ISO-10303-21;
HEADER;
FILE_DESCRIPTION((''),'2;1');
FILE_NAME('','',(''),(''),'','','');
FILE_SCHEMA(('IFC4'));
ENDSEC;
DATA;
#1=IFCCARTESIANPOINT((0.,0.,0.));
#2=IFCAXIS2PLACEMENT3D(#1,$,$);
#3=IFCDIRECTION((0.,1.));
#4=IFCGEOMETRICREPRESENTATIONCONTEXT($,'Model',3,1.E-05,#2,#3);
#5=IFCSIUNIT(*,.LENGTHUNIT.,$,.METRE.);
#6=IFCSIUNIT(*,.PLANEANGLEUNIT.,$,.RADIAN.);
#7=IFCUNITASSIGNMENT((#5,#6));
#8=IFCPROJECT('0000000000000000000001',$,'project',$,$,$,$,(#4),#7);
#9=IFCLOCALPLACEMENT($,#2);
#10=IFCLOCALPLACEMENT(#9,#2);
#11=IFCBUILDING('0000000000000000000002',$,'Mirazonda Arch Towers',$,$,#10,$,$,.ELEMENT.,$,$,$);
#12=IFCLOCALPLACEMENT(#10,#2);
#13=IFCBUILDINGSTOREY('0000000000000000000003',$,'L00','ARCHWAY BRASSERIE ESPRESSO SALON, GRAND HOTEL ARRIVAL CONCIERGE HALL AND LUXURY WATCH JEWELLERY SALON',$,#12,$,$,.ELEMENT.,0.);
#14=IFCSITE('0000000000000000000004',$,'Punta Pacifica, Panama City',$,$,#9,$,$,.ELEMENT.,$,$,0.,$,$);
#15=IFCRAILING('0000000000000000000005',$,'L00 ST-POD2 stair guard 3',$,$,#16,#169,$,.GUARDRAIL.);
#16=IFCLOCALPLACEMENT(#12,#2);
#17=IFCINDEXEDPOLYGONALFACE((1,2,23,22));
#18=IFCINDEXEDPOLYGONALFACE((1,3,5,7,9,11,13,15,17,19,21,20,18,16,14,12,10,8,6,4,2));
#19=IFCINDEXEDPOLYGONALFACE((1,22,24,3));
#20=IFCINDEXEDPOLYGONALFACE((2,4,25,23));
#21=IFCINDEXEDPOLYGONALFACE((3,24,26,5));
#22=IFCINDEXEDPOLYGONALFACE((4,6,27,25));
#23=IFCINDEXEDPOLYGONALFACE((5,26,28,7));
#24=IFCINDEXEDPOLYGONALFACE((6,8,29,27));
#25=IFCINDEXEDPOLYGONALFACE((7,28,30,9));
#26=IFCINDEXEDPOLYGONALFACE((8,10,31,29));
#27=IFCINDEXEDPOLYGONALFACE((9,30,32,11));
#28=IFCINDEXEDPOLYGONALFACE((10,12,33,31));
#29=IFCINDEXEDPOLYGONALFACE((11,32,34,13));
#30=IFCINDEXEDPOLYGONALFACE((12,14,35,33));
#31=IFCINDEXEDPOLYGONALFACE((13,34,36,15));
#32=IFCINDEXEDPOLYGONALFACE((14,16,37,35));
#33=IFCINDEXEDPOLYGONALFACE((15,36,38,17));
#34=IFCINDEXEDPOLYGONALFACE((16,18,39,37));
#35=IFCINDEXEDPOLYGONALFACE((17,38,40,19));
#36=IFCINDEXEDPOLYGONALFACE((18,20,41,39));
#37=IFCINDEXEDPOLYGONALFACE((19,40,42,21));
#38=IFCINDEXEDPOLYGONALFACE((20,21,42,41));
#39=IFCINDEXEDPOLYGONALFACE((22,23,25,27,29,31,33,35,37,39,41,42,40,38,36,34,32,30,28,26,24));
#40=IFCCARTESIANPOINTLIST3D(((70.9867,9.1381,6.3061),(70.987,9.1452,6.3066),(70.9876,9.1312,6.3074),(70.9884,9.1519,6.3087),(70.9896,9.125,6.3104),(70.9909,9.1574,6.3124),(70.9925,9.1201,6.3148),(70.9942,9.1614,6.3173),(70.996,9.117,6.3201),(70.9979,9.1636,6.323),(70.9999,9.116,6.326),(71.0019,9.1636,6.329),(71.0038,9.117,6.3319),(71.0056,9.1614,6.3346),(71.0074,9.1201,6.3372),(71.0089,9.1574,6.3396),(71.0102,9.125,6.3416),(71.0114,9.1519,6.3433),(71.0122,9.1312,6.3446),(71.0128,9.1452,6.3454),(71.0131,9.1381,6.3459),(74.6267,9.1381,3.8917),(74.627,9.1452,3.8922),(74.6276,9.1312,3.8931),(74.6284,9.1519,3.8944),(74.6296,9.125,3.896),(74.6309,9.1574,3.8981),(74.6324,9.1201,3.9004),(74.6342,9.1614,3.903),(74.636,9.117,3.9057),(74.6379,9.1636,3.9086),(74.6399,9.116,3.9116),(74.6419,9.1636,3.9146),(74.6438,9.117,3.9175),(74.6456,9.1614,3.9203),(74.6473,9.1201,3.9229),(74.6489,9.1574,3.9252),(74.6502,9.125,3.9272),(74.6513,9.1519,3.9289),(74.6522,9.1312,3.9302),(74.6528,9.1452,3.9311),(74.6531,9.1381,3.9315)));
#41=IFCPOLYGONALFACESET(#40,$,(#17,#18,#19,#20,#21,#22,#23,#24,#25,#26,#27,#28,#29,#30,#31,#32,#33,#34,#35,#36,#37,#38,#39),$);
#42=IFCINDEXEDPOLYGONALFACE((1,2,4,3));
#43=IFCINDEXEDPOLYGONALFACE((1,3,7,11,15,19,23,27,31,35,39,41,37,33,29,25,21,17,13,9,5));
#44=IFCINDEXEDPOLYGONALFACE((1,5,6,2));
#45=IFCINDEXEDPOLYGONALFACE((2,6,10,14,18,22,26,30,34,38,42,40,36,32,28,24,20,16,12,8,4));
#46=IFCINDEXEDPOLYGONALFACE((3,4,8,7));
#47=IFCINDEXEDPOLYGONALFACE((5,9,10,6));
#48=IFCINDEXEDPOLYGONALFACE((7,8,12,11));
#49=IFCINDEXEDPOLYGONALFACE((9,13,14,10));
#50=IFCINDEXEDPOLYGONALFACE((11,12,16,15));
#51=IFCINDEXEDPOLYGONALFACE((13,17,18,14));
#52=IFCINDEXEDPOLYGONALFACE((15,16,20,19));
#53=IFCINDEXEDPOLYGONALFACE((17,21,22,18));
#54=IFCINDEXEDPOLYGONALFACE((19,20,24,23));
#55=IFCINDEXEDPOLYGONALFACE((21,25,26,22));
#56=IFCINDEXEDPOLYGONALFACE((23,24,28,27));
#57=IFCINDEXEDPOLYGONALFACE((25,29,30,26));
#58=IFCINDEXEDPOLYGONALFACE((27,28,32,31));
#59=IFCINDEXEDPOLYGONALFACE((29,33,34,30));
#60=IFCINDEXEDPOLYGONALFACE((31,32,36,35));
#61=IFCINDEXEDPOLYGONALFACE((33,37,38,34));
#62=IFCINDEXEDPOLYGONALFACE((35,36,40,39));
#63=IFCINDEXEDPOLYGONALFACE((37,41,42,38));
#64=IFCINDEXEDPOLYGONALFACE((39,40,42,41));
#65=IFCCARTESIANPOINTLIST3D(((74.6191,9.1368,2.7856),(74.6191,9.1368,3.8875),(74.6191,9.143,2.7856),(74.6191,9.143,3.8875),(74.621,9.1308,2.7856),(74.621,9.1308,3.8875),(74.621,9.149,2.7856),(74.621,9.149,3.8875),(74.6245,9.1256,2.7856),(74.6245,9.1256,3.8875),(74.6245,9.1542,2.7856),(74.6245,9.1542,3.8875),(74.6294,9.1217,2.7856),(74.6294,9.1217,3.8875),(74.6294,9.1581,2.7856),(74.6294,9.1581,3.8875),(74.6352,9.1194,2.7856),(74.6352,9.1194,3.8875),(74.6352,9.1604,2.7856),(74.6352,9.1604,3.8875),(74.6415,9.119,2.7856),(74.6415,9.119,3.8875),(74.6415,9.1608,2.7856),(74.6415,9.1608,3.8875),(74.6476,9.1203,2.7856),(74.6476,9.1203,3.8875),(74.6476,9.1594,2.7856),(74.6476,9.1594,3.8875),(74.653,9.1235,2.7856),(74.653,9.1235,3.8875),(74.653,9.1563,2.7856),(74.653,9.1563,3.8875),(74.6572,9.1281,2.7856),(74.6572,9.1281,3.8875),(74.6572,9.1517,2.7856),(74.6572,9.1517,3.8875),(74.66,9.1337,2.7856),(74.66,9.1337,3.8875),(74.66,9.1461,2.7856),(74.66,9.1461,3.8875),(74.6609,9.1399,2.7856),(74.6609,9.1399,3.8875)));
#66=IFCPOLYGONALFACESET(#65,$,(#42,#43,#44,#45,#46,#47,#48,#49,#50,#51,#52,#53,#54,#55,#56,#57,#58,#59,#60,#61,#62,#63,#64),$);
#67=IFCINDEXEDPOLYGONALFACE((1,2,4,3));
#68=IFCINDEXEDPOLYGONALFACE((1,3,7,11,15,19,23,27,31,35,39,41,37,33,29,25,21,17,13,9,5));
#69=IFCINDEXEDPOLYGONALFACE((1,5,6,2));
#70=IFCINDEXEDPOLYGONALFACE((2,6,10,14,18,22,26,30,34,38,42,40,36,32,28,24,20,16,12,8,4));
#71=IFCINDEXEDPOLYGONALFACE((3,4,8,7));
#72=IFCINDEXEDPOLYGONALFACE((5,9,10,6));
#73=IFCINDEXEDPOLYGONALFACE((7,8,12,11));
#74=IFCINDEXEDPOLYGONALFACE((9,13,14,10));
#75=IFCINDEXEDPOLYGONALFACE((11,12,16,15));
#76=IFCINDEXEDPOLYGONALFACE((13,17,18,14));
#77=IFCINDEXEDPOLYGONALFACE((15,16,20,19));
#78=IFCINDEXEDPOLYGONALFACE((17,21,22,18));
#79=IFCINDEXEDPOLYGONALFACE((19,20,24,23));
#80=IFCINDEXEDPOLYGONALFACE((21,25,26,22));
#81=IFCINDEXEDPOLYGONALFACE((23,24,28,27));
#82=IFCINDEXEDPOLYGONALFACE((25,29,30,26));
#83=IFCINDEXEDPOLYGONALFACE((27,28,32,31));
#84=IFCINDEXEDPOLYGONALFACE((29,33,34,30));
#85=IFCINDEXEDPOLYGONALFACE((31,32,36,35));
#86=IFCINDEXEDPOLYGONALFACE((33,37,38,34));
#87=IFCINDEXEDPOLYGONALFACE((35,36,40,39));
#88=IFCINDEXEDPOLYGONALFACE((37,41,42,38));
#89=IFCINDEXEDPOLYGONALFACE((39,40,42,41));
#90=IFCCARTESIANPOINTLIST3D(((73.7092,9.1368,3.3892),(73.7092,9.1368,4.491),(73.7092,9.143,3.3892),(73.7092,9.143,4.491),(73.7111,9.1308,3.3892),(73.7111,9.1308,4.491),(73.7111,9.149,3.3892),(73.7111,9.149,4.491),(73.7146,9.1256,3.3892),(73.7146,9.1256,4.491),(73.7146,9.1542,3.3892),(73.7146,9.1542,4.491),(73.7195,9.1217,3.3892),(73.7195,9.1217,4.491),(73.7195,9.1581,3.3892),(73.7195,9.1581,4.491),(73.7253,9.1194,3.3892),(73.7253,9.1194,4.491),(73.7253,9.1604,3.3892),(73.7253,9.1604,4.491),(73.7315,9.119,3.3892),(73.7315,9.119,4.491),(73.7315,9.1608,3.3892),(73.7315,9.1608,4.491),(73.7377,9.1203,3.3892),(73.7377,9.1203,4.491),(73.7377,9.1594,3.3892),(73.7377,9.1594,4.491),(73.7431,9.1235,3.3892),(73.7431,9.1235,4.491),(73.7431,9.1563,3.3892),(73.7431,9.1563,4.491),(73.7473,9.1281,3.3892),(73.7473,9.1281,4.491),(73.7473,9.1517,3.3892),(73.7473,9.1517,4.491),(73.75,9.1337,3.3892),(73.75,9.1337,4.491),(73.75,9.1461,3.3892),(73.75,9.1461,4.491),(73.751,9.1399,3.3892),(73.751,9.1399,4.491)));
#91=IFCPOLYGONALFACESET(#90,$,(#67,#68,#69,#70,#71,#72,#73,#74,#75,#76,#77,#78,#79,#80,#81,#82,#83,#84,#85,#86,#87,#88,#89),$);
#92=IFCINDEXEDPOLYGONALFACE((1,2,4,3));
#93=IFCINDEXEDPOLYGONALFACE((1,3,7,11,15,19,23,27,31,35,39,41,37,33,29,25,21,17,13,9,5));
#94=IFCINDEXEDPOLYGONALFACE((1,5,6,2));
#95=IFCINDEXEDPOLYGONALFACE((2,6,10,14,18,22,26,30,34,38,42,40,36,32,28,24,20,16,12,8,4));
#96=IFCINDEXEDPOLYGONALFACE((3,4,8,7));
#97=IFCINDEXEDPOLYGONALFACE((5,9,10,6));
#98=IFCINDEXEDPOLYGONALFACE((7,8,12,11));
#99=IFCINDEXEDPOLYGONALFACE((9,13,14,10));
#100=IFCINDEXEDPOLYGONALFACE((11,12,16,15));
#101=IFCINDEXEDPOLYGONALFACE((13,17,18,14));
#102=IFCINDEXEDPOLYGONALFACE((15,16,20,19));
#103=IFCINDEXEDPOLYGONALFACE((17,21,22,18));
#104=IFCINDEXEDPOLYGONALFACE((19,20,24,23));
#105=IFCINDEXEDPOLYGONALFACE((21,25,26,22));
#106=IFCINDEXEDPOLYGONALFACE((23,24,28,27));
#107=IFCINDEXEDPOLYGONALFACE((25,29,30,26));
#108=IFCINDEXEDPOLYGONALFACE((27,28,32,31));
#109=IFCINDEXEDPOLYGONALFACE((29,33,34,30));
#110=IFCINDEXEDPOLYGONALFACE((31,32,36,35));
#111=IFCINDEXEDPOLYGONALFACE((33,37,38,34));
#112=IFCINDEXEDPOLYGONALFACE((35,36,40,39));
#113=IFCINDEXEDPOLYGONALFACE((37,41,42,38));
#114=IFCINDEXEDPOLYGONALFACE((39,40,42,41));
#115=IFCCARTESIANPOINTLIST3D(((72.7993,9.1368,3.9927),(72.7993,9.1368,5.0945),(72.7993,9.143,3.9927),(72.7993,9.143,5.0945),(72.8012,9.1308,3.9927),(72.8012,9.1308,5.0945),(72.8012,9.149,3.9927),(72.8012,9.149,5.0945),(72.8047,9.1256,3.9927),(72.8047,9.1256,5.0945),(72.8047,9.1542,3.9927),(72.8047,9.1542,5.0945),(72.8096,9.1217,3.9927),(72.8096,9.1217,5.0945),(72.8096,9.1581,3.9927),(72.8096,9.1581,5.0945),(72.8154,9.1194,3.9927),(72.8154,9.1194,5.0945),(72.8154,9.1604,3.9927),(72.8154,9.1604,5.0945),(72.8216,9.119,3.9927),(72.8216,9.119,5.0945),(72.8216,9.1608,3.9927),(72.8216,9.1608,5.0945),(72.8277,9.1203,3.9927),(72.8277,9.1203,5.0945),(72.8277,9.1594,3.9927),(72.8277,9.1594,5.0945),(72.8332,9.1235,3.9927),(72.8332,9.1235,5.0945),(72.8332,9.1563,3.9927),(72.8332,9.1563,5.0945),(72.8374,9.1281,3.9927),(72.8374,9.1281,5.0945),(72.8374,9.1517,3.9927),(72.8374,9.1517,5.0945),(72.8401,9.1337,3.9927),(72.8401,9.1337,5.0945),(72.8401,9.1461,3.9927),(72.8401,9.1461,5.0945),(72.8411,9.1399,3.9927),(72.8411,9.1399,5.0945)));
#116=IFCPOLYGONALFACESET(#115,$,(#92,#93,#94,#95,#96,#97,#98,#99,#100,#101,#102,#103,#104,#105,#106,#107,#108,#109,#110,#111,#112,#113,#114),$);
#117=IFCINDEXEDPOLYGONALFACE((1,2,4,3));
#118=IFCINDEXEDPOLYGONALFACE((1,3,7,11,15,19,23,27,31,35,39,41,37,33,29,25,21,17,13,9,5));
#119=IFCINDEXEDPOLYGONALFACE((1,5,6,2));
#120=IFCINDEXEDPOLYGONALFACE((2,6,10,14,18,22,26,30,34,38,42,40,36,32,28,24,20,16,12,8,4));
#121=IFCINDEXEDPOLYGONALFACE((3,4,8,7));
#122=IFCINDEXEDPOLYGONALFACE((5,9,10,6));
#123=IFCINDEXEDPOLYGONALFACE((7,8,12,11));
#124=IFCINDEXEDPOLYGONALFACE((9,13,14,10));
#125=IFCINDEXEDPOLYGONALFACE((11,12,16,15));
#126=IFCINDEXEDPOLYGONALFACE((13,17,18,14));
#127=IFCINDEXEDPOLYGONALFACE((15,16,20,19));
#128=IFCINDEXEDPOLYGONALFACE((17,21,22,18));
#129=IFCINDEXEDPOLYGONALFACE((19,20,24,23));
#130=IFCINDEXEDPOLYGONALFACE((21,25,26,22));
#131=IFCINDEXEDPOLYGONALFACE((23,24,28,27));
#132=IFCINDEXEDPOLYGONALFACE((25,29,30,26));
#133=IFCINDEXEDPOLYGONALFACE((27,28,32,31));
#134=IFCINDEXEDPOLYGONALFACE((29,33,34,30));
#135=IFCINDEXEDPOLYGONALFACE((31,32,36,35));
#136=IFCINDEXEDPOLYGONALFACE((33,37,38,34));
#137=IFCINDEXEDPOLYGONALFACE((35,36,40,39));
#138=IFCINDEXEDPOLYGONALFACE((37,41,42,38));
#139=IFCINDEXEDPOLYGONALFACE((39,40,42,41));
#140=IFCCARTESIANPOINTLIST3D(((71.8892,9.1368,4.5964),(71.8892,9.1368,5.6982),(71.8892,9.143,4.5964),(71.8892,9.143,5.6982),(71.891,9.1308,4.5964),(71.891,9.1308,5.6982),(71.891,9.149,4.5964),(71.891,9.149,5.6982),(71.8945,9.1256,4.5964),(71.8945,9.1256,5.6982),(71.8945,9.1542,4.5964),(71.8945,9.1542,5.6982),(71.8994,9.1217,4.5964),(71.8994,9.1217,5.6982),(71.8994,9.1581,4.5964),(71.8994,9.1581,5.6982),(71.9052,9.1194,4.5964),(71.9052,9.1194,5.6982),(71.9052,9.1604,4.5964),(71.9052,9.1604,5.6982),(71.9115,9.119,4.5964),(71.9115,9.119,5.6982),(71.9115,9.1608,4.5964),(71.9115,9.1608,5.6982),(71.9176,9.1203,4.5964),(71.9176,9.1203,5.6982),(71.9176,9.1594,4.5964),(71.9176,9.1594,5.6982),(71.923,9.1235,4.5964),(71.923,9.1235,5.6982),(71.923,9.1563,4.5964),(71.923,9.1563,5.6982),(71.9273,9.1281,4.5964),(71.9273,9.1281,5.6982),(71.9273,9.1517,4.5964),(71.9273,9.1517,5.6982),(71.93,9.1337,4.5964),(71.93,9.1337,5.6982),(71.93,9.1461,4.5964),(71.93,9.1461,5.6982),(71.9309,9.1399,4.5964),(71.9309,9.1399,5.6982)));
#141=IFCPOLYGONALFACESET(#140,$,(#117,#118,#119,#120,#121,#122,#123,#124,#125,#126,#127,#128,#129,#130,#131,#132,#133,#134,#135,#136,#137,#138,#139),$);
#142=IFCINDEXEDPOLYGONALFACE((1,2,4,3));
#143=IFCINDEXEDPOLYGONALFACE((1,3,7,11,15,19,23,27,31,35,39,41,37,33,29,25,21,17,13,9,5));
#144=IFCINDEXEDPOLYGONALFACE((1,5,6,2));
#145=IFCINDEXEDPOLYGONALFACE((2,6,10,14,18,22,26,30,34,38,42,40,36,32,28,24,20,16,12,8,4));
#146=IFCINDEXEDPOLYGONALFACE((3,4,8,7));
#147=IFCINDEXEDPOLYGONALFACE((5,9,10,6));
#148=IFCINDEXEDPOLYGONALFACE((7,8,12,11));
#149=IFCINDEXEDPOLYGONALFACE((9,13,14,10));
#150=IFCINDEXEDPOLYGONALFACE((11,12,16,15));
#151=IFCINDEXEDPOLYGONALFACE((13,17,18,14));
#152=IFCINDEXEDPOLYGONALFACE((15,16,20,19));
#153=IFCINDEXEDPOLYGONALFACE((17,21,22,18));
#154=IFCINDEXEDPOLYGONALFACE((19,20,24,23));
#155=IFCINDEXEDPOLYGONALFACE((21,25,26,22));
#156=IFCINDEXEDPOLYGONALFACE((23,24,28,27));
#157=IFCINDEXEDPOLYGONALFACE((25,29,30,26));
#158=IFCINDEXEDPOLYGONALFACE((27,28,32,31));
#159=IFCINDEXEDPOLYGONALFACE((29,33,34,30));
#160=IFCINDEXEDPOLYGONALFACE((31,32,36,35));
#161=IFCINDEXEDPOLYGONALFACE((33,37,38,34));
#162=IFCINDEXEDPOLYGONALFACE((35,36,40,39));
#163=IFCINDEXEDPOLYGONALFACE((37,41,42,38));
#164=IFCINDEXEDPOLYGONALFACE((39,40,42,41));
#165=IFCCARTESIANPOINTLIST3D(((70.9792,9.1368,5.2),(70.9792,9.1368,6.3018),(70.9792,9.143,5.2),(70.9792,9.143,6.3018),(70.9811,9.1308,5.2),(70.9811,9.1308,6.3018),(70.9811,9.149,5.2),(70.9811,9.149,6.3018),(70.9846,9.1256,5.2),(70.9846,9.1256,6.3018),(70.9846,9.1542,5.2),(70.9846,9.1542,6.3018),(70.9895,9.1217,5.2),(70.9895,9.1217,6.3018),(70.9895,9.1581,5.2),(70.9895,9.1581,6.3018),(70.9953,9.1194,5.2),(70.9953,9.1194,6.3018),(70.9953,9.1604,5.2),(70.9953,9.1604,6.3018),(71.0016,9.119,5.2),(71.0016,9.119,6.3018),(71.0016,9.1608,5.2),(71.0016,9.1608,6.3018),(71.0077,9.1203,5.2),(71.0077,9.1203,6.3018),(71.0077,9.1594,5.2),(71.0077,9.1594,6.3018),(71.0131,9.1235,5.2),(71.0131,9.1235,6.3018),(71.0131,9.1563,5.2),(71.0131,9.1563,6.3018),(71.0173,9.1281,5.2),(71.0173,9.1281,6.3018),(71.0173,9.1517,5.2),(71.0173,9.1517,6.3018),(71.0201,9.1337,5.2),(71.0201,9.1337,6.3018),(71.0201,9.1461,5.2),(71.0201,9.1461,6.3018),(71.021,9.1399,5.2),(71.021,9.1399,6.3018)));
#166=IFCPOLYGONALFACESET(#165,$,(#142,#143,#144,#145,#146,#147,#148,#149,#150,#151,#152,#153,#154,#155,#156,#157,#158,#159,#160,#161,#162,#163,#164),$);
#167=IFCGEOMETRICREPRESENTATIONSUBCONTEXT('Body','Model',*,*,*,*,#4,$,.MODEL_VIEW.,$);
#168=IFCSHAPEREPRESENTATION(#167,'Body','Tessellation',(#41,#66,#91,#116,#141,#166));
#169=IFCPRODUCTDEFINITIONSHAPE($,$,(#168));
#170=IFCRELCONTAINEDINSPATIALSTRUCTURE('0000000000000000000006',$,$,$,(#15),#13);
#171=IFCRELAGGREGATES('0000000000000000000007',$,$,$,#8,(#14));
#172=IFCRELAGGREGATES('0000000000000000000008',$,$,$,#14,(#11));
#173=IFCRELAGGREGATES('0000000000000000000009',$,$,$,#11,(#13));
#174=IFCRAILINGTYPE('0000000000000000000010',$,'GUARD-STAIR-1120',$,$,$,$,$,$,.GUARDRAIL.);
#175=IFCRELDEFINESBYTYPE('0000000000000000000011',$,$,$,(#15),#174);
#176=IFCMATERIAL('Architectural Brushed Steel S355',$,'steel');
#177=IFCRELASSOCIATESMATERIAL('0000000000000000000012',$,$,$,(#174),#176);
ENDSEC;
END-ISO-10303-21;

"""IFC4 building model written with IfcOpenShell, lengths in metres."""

from ifc_helpers import new_model, si_unit, direction, frame, origin, origin_2d, place, context, subcontext, project, spatial, circle, extrude, material, type_object, element, save


model = new_model("IFC4")

# Units and contexts
model_context = context("Model", 3, precision=1e-05, world=origin(), true_north=direction((0.0, 1.0)))
body_context = subcontext(model_context, "Body", "Model", "MODEL_VIEW")
ifc_project = project(units=[si_unit("LENGTHUNIT", "METRE"), si_unit("PLANEANGLEUNIT", "RADIAN")], contexts=[model_context])

# Site, building, storey
site_placement = place(None, origin())
site = spatial("IfcSite", under=ifc_project, at=site_placement, Name="Punta Pacifica, Panama City", CompositionType="ELEMENT", RefElevation=0.0)
building_placement = place(site_placement, origin())
building = spatial("IfcBuilding", under=site, at=building_placement, Name="Mirazonda Arch Towers", CompositionType="ELEMENT")
storey_placement = place(building_placement, origin())
storey = spatial("IfcBuildingStorey", under=building, at=storey_placement, Name="L00", Description="ARCHWAY BRASSERIE ESPRESSO SALON, GRAND HOTEL ARRIVAL CONCIERGE HALL AND LUXURY WATCH JEWELLERY SALON", CompositionType="ELEMENT", Elevation=0.0)

# Shared definitions
ifc_material_1 = material(Name="Architectural Brushed Steel S355", Category="steel")

# Railing
railing_type_1 = type_object("IfcRailingType", Name="GUARD-STAIR-1120", PredefinedType="GUARDRAIL", material=ifc_material_1)
railing_1_placement = place(storey_placement, frame((74.6399, 9.1399, 2.7856)))
element("IfcRailing", 1, at=railing_1_placement, inside=storey, type_object=railing_type_1, Name="L00 ST-POD2 stair guard 3", PredefinedType="GUARDRAIL", context=body_context, shape_type="SweptSolid", body=[
    extrude(circle(Radius=0.0239, at=origin_2d()), frame((0.0, 0.0, 1.126), z_axis=(-0.833347, 0.0, 0.552751), x_axis=(0.0, -1.0, 0.0)), (0.0, 0.0, 1.0), 4.3679),
    extrude(circle(Radius=0.021, at=origin_2d()), origin(), (0.0, 0.0, 1.0), 1.1018),
    extrude(circle(Radius=0.021, at=origin_2d()), frame((-0.9099, 0.0, 0.6035)), (0.0, 0.0, 1.0), 1.1018),
    extrude(circle(Radius=0.021, at=origin_2d()), frame((-1.8198, 0.0, 1.207)), (0.0, 0.0, 1.0), 1.1018),
    extrude(circle(Radius=0.021, at=origin_2d()), frame((-2.73, 0.0, 1.8108)), (0.0, 0.0, 1.0), 1.1018),
    extrude(circle(Radius=0.021, at=origin_2d()), frame((-3.6399, 0.0, 2.4143)), (0.0, 0.0, 1.0), 1.1018),
])

save(model, "model.ifc")
